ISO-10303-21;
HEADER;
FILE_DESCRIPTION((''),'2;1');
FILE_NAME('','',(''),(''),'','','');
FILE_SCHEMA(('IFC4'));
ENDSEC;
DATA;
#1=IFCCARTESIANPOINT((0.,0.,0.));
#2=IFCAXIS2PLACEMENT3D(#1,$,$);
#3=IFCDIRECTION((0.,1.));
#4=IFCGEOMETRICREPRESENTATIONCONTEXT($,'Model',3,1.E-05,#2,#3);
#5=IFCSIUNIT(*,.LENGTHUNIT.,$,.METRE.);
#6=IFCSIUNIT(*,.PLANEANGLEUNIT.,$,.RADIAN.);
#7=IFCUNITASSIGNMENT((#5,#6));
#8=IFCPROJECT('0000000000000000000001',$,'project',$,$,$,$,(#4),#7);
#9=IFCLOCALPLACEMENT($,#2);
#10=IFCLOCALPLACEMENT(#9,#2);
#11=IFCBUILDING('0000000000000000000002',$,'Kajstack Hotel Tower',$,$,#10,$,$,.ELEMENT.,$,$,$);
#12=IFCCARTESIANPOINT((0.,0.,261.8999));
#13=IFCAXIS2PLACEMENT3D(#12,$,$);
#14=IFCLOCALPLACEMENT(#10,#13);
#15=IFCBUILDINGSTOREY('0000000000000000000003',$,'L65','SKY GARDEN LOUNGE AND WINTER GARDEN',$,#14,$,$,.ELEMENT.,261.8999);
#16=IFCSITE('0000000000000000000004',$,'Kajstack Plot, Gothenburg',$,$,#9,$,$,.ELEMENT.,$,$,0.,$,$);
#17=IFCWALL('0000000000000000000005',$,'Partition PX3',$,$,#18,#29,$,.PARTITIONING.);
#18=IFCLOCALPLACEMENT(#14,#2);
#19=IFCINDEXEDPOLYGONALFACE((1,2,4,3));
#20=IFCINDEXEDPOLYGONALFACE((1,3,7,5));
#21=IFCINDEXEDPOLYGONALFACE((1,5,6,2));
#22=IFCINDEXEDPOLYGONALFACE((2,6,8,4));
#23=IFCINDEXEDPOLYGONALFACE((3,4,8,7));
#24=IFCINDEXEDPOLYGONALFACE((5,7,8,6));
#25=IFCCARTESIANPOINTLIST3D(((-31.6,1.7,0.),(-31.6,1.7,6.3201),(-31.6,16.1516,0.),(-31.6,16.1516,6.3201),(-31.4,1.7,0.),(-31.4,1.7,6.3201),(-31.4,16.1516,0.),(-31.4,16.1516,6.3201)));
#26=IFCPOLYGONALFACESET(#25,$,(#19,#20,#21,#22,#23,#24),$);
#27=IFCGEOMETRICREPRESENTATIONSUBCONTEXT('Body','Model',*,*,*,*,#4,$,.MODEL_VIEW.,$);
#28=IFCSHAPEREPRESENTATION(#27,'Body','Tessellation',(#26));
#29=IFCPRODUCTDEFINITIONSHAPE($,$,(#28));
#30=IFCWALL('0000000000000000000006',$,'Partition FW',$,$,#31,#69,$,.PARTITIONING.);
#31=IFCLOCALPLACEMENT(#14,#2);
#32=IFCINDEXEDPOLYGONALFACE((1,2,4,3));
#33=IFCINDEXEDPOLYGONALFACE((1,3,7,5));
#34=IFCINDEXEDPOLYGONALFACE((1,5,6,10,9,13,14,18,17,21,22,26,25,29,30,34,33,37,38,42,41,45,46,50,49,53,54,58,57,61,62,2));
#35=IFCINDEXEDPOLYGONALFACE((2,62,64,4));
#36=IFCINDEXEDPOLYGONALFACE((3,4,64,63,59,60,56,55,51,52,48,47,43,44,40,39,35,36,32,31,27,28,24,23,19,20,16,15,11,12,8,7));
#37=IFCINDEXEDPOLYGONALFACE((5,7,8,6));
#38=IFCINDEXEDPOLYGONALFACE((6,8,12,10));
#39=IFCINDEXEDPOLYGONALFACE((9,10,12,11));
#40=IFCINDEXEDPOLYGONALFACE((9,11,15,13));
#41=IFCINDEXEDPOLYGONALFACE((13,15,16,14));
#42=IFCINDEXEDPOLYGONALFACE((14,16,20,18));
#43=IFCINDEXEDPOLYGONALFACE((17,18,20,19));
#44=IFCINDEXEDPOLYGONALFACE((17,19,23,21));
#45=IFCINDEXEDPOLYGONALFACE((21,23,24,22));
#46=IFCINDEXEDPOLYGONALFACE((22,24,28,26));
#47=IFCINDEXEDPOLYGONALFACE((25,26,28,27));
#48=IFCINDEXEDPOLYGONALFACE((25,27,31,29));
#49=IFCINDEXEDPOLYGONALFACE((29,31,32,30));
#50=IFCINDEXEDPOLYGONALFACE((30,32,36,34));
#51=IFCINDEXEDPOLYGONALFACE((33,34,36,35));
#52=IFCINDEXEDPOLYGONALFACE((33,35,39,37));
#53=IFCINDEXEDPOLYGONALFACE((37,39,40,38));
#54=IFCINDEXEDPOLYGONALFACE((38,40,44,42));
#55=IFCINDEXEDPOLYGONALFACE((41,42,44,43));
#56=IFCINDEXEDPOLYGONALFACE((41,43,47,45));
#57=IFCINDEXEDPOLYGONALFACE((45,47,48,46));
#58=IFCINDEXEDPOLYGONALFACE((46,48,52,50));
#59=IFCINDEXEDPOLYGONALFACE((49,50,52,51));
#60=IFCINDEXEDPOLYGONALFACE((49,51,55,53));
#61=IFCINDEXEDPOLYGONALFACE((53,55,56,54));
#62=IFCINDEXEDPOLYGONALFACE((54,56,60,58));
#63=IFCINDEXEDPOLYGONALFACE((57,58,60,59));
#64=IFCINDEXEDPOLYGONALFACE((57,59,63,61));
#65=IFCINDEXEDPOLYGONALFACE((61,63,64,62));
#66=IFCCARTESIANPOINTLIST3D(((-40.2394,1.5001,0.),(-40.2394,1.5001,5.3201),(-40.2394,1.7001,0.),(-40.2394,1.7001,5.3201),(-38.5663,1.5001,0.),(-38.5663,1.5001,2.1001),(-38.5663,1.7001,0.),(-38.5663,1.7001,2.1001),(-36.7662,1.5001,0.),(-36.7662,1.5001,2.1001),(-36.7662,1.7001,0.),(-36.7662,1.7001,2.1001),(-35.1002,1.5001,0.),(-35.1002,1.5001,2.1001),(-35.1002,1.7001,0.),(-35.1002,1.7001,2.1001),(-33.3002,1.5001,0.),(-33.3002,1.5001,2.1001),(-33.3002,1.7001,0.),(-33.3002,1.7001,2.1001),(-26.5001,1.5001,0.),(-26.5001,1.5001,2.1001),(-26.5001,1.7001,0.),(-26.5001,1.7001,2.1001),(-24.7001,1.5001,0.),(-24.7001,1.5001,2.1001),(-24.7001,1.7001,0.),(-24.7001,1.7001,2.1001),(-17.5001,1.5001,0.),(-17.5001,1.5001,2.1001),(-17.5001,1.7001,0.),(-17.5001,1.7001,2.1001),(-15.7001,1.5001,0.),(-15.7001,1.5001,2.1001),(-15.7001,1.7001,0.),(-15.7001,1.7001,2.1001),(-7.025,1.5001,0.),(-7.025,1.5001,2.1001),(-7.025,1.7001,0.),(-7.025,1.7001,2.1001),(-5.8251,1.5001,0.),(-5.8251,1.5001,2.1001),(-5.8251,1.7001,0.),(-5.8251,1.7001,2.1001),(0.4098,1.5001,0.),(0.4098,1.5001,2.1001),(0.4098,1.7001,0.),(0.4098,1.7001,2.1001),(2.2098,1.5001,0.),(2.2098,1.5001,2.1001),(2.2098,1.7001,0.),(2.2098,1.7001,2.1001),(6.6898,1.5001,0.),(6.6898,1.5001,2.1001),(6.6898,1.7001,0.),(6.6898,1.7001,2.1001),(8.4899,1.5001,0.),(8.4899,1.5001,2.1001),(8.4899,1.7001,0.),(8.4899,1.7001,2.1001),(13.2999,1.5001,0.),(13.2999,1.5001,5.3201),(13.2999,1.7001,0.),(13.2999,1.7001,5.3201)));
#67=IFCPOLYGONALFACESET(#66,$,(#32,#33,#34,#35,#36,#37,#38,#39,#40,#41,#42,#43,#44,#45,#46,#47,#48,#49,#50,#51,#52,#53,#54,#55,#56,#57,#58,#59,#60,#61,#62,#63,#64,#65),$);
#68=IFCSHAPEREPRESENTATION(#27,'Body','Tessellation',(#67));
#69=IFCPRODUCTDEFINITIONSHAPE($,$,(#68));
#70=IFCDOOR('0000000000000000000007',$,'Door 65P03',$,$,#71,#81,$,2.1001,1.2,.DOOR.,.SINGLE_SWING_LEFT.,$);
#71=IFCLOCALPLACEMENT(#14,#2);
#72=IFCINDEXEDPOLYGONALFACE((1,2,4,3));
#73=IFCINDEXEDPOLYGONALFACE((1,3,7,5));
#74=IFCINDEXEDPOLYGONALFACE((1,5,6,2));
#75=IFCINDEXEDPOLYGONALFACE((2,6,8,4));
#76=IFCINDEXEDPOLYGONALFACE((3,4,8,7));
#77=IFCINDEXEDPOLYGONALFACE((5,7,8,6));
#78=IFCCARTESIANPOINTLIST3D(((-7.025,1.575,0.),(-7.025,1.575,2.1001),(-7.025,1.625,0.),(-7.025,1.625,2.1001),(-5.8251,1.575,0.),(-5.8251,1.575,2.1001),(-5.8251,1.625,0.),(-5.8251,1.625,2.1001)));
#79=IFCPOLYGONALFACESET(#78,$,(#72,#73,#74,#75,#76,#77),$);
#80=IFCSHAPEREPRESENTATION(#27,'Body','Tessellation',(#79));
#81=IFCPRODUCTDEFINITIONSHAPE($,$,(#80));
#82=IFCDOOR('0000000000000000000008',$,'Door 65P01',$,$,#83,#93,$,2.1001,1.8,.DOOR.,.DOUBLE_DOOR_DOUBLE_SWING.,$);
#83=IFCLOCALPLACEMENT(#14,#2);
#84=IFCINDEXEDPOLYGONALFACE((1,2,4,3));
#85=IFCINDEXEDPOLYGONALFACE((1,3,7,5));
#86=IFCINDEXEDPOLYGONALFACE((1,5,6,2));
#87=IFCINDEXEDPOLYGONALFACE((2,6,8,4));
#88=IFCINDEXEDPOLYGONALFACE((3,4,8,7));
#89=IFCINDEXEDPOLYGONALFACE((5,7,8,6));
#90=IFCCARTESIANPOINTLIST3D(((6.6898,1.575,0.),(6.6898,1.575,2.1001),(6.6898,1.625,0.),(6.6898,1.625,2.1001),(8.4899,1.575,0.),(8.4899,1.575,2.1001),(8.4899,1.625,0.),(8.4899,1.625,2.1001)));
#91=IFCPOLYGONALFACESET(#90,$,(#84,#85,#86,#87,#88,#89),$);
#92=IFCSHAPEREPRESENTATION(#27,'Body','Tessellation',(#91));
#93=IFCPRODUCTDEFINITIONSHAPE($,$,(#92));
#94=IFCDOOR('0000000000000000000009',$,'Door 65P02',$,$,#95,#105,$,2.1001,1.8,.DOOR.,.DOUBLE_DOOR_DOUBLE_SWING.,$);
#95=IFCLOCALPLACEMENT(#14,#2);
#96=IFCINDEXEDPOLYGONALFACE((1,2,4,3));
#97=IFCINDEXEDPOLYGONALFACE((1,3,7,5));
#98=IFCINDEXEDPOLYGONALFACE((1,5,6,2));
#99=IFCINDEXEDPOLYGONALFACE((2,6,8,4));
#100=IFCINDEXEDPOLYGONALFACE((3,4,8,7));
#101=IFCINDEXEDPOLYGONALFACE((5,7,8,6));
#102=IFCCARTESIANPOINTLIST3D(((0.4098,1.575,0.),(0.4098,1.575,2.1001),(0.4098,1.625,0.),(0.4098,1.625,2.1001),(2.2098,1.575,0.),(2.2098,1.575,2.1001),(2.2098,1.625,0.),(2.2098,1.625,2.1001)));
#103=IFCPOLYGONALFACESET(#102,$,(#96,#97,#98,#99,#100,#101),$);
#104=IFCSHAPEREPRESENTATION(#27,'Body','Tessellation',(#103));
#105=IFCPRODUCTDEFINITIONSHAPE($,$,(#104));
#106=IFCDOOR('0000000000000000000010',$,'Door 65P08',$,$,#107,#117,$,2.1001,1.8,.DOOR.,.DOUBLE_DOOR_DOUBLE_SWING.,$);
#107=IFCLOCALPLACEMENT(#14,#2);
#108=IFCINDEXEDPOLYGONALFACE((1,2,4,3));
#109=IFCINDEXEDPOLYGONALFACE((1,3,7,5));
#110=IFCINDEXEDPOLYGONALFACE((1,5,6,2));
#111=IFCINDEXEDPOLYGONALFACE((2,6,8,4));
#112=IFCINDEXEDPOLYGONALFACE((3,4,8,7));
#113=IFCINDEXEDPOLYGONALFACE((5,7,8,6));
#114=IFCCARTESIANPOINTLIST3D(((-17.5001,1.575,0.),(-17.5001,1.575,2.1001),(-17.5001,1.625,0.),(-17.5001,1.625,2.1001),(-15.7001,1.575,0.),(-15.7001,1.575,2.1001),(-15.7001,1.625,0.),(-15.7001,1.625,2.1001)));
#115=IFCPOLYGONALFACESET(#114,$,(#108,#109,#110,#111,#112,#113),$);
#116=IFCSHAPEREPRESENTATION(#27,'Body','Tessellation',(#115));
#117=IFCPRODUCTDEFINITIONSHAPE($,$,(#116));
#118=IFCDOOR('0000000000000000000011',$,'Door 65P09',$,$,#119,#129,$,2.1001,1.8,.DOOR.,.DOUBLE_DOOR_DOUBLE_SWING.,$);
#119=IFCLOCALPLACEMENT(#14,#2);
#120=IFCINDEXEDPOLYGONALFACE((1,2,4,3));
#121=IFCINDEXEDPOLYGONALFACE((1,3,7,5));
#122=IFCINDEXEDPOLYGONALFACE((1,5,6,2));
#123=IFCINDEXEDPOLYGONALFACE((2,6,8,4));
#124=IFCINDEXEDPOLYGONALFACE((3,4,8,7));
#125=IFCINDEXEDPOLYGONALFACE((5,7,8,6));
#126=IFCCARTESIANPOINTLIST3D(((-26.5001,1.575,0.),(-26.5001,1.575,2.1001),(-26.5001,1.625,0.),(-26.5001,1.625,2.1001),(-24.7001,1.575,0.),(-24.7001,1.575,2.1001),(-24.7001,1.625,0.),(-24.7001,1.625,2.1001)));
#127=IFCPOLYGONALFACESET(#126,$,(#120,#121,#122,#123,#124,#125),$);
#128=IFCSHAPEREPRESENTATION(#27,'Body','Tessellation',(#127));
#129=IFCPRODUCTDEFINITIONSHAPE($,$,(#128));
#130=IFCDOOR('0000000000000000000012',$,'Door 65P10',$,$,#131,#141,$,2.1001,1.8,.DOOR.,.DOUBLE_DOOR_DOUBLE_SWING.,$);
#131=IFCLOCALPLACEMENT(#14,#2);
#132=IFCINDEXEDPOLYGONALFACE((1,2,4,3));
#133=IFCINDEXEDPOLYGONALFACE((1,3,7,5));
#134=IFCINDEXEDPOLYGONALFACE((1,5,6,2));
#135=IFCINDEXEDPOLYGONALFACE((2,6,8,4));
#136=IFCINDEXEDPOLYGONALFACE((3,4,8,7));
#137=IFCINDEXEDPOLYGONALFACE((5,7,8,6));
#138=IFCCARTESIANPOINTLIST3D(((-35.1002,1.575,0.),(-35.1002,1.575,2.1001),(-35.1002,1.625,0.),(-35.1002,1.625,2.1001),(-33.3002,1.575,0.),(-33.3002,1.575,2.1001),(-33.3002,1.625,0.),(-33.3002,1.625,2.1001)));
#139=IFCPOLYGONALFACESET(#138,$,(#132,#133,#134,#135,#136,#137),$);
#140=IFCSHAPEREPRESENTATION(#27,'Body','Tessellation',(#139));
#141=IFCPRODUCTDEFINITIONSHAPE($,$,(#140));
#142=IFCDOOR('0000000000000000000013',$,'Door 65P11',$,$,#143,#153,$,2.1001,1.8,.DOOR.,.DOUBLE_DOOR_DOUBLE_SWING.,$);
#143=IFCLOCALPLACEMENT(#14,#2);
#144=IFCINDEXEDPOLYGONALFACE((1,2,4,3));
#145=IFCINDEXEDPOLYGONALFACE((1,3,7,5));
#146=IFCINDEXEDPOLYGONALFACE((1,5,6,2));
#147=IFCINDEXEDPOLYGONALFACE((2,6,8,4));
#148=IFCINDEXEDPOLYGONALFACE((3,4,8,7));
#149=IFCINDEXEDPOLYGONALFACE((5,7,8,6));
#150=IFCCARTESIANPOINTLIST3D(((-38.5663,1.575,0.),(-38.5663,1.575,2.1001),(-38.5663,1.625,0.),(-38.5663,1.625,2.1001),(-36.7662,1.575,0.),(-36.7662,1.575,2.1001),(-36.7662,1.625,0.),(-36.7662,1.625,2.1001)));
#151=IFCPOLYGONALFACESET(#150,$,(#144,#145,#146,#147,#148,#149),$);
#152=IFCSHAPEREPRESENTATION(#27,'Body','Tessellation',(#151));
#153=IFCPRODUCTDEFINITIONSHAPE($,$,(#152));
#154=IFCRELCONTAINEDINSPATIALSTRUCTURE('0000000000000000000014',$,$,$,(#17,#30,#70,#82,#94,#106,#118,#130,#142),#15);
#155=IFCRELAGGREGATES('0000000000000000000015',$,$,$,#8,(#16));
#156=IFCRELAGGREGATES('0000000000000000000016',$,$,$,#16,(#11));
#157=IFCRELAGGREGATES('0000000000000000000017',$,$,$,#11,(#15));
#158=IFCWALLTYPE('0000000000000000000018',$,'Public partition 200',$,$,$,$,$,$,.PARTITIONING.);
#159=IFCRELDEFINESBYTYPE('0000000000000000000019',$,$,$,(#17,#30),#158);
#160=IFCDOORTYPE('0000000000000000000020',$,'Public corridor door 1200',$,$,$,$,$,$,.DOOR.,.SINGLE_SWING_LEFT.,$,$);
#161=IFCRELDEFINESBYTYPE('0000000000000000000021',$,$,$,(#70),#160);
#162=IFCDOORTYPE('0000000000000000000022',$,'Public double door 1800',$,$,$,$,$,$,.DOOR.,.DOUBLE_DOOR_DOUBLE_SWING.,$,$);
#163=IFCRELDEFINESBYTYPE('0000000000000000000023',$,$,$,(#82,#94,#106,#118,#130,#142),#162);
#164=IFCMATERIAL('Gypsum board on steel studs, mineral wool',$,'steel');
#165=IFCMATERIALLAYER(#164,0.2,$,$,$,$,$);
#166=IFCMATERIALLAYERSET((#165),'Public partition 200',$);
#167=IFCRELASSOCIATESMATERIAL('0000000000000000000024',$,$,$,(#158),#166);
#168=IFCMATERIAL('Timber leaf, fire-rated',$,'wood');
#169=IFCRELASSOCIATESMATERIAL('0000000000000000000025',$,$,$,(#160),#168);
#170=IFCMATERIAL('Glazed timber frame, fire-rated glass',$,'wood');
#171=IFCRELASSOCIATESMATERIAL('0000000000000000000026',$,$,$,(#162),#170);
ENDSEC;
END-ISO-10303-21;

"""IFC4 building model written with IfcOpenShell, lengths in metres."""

from ifc_helpers import new_model, si_unit, direction, frame, frame_2d, origin, place, context, subcontext, project, spatial, rectangle, extrude, material, layer, layer_set, type_object, element, fill, save


model = new_model("IFC4")

# Units and contexts
model_context = context("Model", 3, precision=1e-05, world=origin(), true_north=direction((0.0, 1.0)))
body_context = subcontext(model_context, "Body", "Model", "MODEL_VIEW")
ifc_project = project(units=[si_unit("LENGTHUNIT", "METRE"), si_unit("PLANEANGLEUNIT", "RADIAN")], contexts=[model_context])

# Site, building, storey
site_placement = place(None, origin())
site = spatial("IfcSite", under=ifc_project, at=site_placement, Name="Kajstack Plot, Gothenburg", CompositionType="ELEMENT", RefElevation=0.0)
building_placement = place(site_placement, origin())
building = spatial("IfcBuilding", under=site, at=building_placement, Name="Kajstack Hotel Tower", CompositionType="ELEMENT")
storey_placement = place(building_placement, frame((0.0, 0.0, 261.8999)))
storey = spatial("IfcBuildingStorey", under=building, at=storey_placement, Name="L65", Description="SKY GARDEN LOUNGE AND WINTER GARDEN", CompositionType="ELEMENT", Elevation=261.8999)

# Wall
ifc_material_1 = material(Name="Gypsum board on steel studs, mineral wool", Category="steel")
ifc_layer_1 = layer(ifc_material_1, 0.2)
ifc_layer_set_1 = layer_set([ifc_layer_1], Name="Public partition 200")
wall_type = type_object("IfcWallType", Name="Public partition 200", PredefinedType="PARTITIONING", material=ifc_layer_set_1)
wall_1_placement = place(storey_placement, frame((-31.5, 1.7, 0.0), z_axis=(0.0, 0.0, 1.0), x_axis=(0.0, 1.0, 0.0)))
element("IfcWall", 1, at=wall_1_placement, inside=storey, type_object=wall_type, Name="Partition PX3", PredefinedType="PARTITIONING", context=body_context, shape_type="SweptSolid", body=[
    extrude(rectangle(XDim=14.4517, YDim=0.2, at=frame_2d((7.2258, 0.0))), origin(), (0.0, 0.0, 1.0), 6.3201),
])

# Wall, openings, doors
wall_2_placement = place(storey_placement, frame((-40.2393, 1.6001, 0.0), z_axis=(0.0, 0.0, 1.0), x_axis=(1.0, 0.0, 0.0)))
wall_2 = element("IfcWall", 2, at=wall_2_placement, inside=storey, type_object=wall_type, Name="Partition FW", PredefinedType="PARTITIONING", context=body_context, shape_type="SweptSolid", body=[
    extrude(rectangle(XDim=53.5393, YDim=0.2, at=frame_2d((26.7695, 0.0))), origin(), (0.0, 0.0, 1.0), 5.3201),
])
opening_1_placement = place(wall_2_placement, frame((46.9292, 0.0, 0.0)))
opening_1 = element("IfcOpeningElement", 3, at=opening_1_placement, cuts=wall_2, PredefinedType="OPENING", context=body_context, shape_type="SweptSolid", body=[
    extrude(rectangle(XDim=1.8, YDim=2.1001, at=frame_2d((0.8999, 1.05))), frame((0.0, 0.1099, 0.0), z_axis=(0.0, -1.0, 0.0), x_axis=(1.0, 0.0, 0.0)), (0.0, 0.0, 1.0), 0.22),
])
opening_2_placement = place(wall_2_placement, frame((40.6492, 0.0, 0.0)))
opening_2 = element("IfcOpeningElement", 4, at=opening_2_placement, cuts=wall_2, PredefinedType="OPENING", context=body_context, shape_type="SweptSolid", body=[
    extrude(rectangle(XDim=1.8, YDim=2.1001, at=frame_2d((0.8999, 1.05))), frame((0.0, 0.1099, 0.0), z_axis=(0.0, -1.0, 0.0), x_axis=(1.0, 0.0, 0.0)), (0.0, 0.0, 1.0), 0.22),
])
opening_3_placement = place(wall_2_placement, frame((33.2141, 0.0, 0.0)))
opening_3 = element("IfcOpeningElement", 5, at=opening_3_placement, cuts=wall_2, PredefinedType="OPENING", context=body_context, shape_type="SweptSolid", body=[
    extrude(rectangle(XDim=1.2, YDim=2.1001, at=frame_2d((0.6001, 1.05))), frame((0.0, 0.1099, 0.0), z_axis=(0.0, -1.0, 0.0), x_axis=(1.0, 0.0, 0.0)), (0.0, 0.0, 1.0), 0.22),
])
opening_4_placement = place(wall_2_placement, frame((22.7393, 0.0, 0.0)))
opening_4 = element("IfcOpeningElement", 6, at=opening_4_placement, cuts=wall_2, PredefinedType="OPENING", context=body_context, shape_type="SweptSolid", body=[
    extrude(rectangle(XDim=1.8, YDim=2.1001, at=frame_2d((0.8999, 1.05))), frame((0.0, 0.1099, 0.0), z_axis=(0.0, -1.0, 0.0), x_axis=(1.0, 0.0, 0.0)), (0.0, 0.0, 1.0), 0.22),
])
opening_5_placement = place(wall_2_placement, frame((13.7393, 0.0, 0.0)))
opening_5 = element("IfcOpeningElement", 7, at=opening_5_placement, cuts=wall_2, PredefinedType="OPENING", context=body_context, shape_type="SweptSolid", body=[
    extrude(rectangle(XDim=1.8, YDim=2.1001, at=frame_2d((0.8999, 1.05))), frame((0.0, 0.1099, 0.0), z_axis=(0.0, -1.0, 0.0), x_axis=(1.0, 0.0, 0.0)), (0.0, 0.0, 1.0), 0.22),
])
opening_6_placement = place(wall_2_placement, frame((5.1392, 0.0, 0.0)))
opening_6 = element("IfcOpeningElement", 8, at=opening_6_placement, cuts=wall_2, PredefinedType="OPENING", context=body_context, shape_type="SweptSolid", body=[
    extrude(rectangle(XDim=1.8, YDim=2.1001, at=frame_2d((0.8999, 1.05))), frame((0.0, 0.1099, 0.0), z_axis=(0.0, -1.0, 0.0), x_axis=(1.0, 0.0, 0.0)), (0.0, 0.0, 1.0), 0.22),
])
opening_7_placement = place(wall_2_placement, frame((1.6731, 0.0, 0.0)))
opening_7 = element("IfcOpeningElement", 9, at=opening_7_placement, cuts=wall_2, PredefinedType="OPENING", context=body_context, shape_type="SweptSolid", body=[
    extrude(rectangle(XDim=1.8, YDim=2.1001, at=frame_2d((0.8999, 1.05))), frame((0.0, 0.1099, 0.0), z_axis=(0.0, -1.0, 0.0), x_axis=(1.0, 0.0, 0.0)), (0.0, 0.0, 1.0), 0.22),
])
ifc_material_2 = material(Name="Timber leaf, fire-rated", Category="wood")
door_type_1 = type_object("IfcDoorType", Name="Public corridor door 1200", OperationType="SINGLE_SWING_LEFT", PredefinedType="DOOR", material=ifc_material_2)
door_1_placement = place(opening_3_placement, origin())
door_1 = element("IfcDoor", 10, at=door_1_placement, inside=storey, type_object=door_type_1, Name="Door 65P03", OperationType="SINGLE_SWING_LEFT", OverallHeight=2.1001, OverallWidth=1.2, PredefinedType="DOOR", context=body_context, shape_type="SweptSolid", body=[
    extrude(rectangle(XDim=1.2, YDim=2.1001, at=frame_2d((0.6001, 1.05))), frame((0.0, 0.0249, 0.0), z_axis=(0.0, -1.0, 0.0), x_axis=(1.0, 0.0, 0.0)), (0.0, 0.0, 1.0), 0.05),
])
fill(opening_3, door_1)
ifc_material_3 = material(Name="Glazed timber frame, fire-rated glass", Category="wood")
door_type_2 = type_object("IfcDoorType", Name="Public double door 1800", OperationType="DOUBLE_DOOR_DOUBLE_SWING", PredefinedType="DOOR", material=ifc_material_3)
door_2_placement = place(opening_1_placement, origin())
door_2 = element("IfcDoor", 11, at=door_2_placement, inside=storey, type_object=door_type_2, Name="Door 65P01", OperationType="DOUBLE_DOOR_DOUBLE_SWING", OverallHeight=2.1001, OverallWidth=1.8, PredefinedType="DOOR", context=body_context, shape_type="SweptSolid", body=[
    extrude(rectangle(XDim=1.8, YDim=2.1001, at=frame_2d((0.8999, 1.05))), frame((0.0, 0.0249, 0.0), z_axis=(0.0, -1.0, 0.0), x_axis=(1.0, 0.0, 0.0)), (0.0, 0.0, 1.0), 0.05),
])
fill(opening_1, door_2)
door_3_placement = place(opening_2_placement, origin())
door_3 = element("IfcDoor", 12, at=door_3_placement, inside=storey, type_object=door_type_2, Name="Door 65P02", OperationType="DOUBLE_DOOR_DOUBLE_SWING", OverallHeight=2.1001, OverallWidth=1.8, PredefinedType="DOOR", context=body_context, shape_type="SweptSolid", body=[
    extrude(rectangle(XDim=1.8, YDim=2.1001, at=frame_2d((0.8999, 1.05))), frame((0.0, 0.0249, 0.0), z_axis=(0.0, -1.0, 0.0), x_axis=(1.0, 0.0, 0.0)), (0.0, 0.0, 1.0), 0.05),
])
fill(opening_2, door_3)
door_4_placement = place(opening_4_placement, origin())
door_4 = element("IfcDoor", 13, at=door_4_placement, inside=storey, type_object=door_type_2, Name="Door 65P08", OperationType="DOUBLE_DOOR_DOUBLE_SWING", OverallHeight=2.1001, OverallWidth=1.8, PredefinedType="DOOR", context=body_context, shape_type="SweptSolid", body=[
    extrude(rectangle(XDim=1.8, YDim=2.1001, at=frame_2d((0.8999, 1.05))), frame((0.0, 0.0249, 0.0), z_axis=(0.0, -1.0, 0.0), x_axis=(1.0, 0.0, 0.0)), (0.0, 0.0, 1.0), 0.05),
])
fill(opening_4, door_4)
door_5_placement = place(opening_5_placement, origin())
door_5 = element("IfcDoor", 14, at=door_5_placement, inside=storey, type_object=door_type_2, Name="Door 65P09", OperationType="DOUBLE_DOOR_DOUBLE_SWING", OverallHeight=2.1001, OverallWidth=1.8, PredefinedType="DOOR", context=body_context, shape_type="SweptSolid", body=[
    extrude(rectangle(XDim=1.8, YDim=2.1001, at=frame_2d((0.8999, 1.05))), frame((0.0, 0.0249, 0.0), z_axis=(0.0, -1.0, 0.0), x_axis=(1.0, 0.0, 0.0)), (0.0, 0.0, 1.0), 0.05),
])
fill(opening_5, door_5)
door_6_placement = place(opening_6_placement, origin())
door_6 = element("IfcDoor", 15, at=door_6_placement, inside=storey, type_object=door_type_2, Name="Door 65P10", OperationType="DOUBLE_DOOR_DOUBLE_SWING", OverallHeight=2.1001, OverallWidth=1.8, PredefinedType="DOOR", context=body_context, shape_type="SweptSolid", body=[
    extrude(rectangle(XDim=1.8, YDim=2.1001, at=frame_2d((0.8999, 1.05))), frame((0.0, 0.0249, 0.0), z_axis=(0.0, -1.0, 0.0), x_axis=(1.0, 0.0, 0.0)), (0.0, 0.0, 1.0), 0.05),
])
fill(opening_6, door_6)
door_7_placement = place(opening_7_placement, origin())
door_7 = element("IfcDoor", 16, at=door_7_placement, inside=storey, type_object=door_type_2, Name="Door 65P11", OperationType="DOUBLE_DOOR_DOUBLE_SWING", OverallHeight=2.1001, OverallWidth=1.8, PredefinedType="DOOR", context=body_context, shape_type="SweptSolid", body=[
    extrude(rectangle(XDim=1.8, YDim=2.1001, at=frame_2d((0.8999, 1.05))), frame((0.0, 0.0249, 0.0), z_axis=(0.0, -1.0, 0.0), x_axis=(1.0, 0.0, 0.0)), (0.0, 0.0, 1.0), 0.05),
])
fill(opening_7, door_7)

save(model, "model.ifc")
